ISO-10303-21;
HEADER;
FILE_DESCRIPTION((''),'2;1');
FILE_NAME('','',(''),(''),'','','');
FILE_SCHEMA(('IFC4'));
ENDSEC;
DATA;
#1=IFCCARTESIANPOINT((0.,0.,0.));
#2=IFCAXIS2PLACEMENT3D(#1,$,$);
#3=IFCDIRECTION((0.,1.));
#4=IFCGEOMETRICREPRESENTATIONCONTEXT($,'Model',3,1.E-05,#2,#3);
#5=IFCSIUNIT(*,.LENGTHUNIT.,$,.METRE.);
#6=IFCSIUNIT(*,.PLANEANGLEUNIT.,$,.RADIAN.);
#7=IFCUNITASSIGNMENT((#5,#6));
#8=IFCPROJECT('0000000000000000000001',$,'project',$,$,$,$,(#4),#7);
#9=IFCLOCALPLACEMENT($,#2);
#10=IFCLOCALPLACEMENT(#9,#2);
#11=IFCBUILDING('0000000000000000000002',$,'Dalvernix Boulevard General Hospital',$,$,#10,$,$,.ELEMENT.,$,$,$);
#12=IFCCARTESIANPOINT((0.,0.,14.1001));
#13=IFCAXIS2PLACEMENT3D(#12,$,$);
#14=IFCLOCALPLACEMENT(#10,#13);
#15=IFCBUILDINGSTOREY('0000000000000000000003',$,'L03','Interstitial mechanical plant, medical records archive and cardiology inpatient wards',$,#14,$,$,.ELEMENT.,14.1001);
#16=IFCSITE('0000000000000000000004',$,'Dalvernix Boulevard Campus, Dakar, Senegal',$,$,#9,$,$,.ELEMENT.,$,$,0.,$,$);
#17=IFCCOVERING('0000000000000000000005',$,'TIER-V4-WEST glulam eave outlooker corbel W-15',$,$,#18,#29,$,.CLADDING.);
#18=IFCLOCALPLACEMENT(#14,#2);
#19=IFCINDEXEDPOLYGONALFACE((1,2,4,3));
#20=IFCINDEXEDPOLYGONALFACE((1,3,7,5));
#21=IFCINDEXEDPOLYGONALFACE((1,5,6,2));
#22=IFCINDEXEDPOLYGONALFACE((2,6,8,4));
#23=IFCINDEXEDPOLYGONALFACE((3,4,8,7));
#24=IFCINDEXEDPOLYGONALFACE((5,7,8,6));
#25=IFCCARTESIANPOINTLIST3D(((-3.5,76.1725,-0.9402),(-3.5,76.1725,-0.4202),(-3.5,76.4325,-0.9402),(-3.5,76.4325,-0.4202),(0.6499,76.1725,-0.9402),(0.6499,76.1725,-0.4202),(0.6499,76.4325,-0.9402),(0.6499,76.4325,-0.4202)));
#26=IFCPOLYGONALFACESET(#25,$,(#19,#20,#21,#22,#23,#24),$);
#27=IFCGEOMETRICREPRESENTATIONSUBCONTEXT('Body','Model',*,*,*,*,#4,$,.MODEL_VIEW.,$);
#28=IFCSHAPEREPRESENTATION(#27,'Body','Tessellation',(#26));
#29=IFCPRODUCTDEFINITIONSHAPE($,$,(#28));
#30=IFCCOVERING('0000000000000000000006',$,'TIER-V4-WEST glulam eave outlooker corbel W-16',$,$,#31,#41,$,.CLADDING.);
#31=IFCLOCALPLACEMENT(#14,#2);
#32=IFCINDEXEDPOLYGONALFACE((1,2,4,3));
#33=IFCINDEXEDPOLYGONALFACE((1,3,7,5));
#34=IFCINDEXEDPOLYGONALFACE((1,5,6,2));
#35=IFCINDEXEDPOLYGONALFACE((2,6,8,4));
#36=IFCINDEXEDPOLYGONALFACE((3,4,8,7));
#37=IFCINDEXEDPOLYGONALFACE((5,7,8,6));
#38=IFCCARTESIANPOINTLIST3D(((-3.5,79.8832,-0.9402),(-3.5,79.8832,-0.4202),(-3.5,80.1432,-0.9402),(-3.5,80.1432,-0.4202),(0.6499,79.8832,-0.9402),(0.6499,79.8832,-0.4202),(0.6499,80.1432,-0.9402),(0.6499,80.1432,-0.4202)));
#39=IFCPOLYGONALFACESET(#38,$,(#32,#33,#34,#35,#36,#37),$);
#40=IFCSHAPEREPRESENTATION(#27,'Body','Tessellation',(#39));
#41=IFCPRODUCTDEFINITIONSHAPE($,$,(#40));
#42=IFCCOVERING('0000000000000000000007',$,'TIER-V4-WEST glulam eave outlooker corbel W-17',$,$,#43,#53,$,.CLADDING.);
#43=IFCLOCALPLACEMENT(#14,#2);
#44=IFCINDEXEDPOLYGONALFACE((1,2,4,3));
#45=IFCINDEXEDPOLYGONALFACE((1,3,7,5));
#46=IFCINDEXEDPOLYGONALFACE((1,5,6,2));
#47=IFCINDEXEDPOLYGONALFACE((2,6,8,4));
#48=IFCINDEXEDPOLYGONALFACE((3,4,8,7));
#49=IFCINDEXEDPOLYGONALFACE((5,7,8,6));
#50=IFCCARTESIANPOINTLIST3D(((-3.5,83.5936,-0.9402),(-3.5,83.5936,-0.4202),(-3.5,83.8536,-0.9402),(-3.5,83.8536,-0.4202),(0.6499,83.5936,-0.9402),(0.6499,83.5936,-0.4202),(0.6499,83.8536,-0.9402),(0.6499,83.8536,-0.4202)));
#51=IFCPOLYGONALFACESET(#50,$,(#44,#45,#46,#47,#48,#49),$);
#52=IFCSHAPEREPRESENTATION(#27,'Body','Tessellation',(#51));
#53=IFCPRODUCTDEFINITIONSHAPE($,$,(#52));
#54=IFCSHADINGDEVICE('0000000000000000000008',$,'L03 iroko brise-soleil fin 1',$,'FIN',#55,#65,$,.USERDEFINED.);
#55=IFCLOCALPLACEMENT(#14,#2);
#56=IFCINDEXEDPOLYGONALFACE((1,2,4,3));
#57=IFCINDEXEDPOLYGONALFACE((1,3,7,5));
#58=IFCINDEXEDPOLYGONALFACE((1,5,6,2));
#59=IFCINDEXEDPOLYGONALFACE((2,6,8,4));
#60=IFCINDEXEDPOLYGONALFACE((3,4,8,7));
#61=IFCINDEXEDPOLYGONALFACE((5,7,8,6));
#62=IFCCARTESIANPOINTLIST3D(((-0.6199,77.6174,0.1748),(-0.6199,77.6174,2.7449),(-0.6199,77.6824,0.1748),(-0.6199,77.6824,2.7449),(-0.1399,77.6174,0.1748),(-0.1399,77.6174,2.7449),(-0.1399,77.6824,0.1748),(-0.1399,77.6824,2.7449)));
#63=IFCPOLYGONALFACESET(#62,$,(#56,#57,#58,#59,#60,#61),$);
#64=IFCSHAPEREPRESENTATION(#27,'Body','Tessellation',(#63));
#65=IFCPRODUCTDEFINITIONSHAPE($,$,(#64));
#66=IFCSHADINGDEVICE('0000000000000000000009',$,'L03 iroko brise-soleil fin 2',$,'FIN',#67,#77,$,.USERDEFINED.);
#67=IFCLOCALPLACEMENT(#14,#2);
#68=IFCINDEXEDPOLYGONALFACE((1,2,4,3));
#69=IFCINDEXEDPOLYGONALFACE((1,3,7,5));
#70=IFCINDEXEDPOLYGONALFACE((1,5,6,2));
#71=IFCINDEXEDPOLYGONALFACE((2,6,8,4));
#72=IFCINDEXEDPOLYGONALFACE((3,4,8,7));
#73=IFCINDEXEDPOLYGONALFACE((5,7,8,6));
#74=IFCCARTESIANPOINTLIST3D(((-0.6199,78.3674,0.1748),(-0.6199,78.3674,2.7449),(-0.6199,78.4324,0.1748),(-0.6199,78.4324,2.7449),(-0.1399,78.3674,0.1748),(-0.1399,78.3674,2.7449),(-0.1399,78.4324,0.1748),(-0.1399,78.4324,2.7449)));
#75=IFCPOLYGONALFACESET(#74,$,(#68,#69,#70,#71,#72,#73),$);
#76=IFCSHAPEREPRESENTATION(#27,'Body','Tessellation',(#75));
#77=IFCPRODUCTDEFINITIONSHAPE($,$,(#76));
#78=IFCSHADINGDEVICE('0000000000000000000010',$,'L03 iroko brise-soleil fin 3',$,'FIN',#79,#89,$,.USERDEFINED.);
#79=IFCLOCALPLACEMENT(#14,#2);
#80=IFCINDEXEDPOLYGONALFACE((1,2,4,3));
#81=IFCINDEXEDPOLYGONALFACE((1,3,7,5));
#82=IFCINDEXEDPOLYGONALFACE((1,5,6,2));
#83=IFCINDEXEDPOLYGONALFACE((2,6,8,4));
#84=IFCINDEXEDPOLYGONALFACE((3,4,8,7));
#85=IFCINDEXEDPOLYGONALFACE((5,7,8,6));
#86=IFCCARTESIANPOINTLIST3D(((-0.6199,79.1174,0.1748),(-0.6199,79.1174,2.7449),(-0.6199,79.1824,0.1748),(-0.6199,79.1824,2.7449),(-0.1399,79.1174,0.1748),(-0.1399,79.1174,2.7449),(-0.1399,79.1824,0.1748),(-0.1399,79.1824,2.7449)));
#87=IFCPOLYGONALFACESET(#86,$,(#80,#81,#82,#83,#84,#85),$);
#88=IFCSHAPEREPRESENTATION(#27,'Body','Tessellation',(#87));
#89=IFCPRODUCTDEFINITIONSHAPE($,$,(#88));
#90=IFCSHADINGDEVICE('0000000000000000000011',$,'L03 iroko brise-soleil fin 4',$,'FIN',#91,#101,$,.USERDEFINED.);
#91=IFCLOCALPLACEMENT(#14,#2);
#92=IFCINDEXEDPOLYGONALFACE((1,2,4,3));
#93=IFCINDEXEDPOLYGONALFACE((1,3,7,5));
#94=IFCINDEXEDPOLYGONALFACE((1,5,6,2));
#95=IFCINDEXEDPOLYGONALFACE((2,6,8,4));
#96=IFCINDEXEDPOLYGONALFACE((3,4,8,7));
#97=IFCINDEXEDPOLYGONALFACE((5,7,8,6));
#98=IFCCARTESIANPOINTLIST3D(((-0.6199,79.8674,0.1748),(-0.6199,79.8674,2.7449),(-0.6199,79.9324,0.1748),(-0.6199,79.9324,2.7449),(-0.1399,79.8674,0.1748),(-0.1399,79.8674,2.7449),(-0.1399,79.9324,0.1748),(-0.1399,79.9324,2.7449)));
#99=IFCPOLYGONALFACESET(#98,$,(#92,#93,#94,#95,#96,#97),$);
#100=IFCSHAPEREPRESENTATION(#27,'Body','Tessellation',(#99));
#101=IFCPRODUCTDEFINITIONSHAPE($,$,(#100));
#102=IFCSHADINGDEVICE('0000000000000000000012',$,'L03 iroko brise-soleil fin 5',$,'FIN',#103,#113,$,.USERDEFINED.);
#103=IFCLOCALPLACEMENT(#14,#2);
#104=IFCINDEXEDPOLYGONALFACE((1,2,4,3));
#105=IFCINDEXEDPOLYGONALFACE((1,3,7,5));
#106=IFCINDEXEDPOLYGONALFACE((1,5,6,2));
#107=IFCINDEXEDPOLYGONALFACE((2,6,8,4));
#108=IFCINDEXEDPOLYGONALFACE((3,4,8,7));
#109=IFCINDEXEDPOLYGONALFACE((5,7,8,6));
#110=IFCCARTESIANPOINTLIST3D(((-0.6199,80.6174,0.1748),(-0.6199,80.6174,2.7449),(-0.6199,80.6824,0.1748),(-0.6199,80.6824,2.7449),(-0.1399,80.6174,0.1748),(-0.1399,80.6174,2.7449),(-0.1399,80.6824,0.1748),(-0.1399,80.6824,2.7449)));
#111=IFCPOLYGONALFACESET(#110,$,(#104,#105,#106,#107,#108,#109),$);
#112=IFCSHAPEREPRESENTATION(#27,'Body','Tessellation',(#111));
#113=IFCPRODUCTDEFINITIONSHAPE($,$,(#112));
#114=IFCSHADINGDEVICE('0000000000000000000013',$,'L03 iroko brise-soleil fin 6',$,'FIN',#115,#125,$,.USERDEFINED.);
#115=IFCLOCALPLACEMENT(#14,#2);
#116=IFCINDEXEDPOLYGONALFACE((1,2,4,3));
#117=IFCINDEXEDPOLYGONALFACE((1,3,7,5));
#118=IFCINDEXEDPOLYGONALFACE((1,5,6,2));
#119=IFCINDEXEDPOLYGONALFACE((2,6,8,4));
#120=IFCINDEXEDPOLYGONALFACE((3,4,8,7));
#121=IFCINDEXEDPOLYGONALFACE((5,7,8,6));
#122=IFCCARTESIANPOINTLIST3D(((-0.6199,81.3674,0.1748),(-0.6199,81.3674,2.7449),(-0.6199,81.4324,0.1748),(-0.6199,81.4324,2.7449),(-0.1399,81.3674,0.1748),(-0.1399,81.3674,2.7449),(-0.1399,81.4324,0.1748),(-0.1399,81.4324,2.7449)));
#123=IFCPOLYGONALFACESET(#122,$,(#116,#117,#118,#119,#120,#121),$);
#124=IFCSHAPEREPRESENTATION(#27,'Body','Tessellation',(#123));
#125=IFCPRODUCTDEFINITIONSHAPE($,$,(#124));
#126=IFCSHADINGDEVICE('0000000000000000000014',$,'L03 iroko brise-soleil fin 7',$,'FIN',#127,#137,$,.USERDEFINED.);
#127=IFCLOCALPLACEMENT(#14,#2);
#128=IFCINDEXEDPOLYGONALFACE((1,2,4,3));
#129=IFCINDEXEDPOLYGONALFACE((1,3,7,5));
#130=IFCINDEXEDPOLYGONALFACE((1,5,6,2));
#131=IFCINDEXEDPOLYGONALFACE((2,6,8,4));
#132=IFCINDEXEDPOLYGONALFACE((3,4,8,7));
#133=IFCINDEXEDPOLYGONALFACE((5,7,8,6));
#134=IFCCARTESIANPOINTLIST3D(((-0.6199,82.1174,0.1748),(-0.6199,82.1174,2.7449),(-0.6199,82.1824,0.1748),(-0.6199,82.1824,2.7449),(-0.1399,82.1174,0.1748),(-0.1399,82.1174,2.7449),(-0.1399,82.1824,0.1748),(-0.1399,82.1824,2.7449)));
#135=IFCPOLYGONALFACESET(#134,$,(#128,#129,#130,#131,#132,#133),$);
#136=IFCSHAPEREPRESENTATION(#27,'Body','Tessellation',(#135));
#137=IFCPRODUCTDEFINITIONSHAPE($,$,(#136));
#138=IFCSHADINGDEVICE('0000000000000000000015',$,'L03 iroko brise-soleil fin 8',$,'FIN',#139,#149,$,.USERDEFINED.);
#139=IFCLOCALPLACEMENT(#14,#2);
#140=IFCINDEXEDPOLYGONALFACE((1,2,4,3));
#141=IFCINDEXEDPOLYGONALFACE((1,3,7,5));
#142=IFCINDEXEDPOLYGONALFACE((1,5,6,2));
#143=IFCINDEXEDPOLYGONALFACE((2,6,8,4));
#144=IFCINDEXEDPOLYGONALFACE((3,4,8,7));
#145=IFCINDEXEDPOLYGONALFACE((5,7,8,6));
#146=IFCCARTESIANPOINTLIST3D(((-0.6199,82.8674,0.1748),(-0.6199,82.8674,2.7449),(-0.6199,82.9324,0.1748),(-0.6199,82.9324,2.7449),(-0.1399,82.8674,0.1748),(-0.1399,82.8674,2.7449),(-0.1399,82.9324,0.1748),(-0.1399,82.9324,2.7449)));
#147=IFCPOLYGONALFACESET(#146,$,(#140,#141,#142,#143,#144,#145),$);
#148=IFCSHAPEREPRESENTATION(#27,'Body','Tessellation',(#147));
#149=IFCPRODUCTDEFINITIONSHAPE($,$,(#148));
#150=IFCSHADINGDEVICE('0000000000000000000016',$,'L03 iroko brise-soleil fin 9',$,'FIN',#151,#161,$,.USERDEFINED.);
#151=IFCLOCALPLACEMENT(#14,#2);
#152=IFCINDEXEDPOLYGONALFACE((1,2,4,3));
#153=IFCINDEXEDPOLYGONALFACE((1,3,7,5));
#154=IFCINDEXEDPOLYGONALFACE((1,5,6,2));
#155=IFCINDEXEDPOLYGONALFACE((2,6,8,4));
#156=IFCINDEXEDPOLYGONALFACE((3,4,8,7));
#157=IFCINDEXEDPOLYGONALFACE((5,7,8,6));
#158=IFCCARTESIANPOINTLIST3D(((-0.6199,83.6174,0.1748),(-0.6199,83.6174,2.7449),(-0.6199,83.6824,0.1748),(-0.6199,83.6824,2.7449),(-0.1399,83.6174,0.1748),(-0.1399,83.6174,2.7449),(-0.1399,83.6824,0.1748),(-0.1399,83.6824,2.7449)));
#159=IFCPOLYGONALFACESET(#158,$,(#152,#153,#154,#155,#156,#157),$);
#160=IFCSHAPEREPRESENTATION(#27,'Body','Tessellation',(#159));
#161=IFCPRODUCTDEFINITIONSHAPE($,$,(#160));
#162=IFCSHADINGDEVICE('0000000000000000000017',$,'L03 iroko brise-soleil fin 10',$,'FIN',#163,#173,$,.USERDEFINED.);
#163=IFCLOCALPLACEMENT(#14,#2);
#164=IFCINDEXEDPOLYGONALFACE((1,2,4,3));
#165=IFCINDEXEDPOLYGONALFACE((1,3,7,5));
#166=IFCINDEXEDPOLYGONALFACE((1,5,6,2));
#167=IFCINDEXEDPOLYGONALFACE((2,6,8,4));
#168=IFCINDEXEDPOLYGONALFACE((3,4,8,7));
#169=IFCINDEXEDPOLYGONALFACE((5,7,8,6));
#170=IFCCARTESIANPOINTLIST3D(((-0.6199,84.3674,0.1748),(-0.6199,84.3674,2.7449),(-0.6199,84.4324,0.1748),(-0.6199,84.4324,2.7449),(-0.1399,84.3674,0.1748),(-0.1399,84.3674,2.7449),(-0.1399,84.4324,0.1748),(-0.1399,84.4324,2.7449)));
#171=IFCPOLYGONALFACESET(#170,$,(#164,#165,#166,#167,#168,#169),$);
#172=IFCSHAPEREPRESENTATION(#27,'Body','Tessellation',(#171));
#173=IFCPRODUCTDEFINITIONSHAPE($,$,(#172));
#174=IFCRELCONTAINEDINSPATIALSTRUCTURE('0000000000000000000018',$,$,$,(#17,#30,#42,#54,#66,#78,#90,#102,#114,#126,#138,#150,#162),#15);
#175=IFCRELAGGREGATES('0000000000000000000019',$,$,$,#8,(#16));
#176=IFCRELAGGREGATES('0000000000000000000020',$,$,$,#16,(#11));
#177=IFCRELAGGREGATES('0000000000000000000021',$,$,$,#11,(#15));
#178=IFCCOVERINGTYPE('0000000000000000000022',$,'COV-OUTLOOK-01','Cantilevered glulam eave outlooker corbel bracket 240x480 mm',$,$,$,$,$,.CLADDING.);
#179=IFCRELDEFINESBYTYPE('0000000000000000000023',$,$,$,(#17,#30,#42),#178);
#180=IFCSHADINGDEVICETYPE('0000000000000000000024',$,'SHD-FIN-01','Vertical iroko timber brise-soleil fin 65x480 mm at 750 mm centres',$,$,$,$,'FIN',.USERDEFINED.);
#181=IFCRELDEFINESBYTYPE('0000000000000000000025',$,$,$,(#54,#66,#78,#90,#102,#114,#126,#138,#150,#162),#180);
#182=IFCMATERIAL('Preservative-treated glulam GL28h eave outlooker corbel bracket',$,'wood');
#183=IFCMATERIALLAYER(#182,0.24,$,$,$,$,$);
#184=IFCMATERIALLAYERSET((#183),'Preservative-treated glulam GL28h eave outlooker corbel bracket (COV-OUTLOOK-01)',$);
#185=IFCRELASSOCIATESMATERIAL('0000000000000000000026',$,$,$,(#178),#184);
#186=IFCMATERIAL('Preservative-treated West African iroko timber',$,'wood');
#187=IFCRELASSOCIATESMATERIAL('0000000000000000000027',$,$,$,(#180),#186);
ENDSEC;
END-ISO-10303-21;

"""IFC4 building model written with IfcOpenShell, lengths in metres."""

from ifc_helpers import new_model, si_unit, direction, frame, origin, origin_2d, place, context, subcontext, project, spatial, rectangle, extrude, material, layer, layer_set, type_object, element, save


model = new_model("IFC4")

# Units and contexts
model_context = context("Model", 3, precision=1e-05, world=origin(), true_north=direction((0.0, 1.0)))
body_context = subcontext(model_context, "Body", "Model", "MODEL_VIEW")
ifc_project = project(units=[si_unit("LENGTHUNIT", "METRE"), si_unit("PLANEANGLEUNIT", "RADIAN")], contexts=[model_context])

# Site, building, storey
site_placement = place(None, origin())
site = spatial("IfcSite", under=ifc_project, at=site_placement, Name="Dalvernix Boulevard Campus, Dakar, Senegal", CompositionType="ELEMENT", RefElevation=0.0)
building_placement = place(site_placement, origin())
building = spatial("IfcBuilding", under=site, at=building_placement, Name="Dalvernix Boulevard General Hospital", CompositionType="ELEMENT")
storey_placement = place(building_placement, frame((0.0, 0.0, 14.1001)))
storey = spatial("IfcBuildingStorey", under=building, at=storey_placement, Name="L03", Description="Interstitial mechanical plant, medical records archive and cardiology inpatient wards", CompositionType="ELEMENT", Elevation=14.1001)

# Coverings
ifc_material_1 = material(Name="Preservative-treated glulam GL28h eave outlooker corbel bracket", Category="wood")
ifc_layer_1 = layer(ifc_material_1, 0.24)
ifc_layer_set_1 = layer_set([ifc_layer_1], Name="Preservative-treated glulam GL28h eave outlooker corbel bracket (COV-OUTLOOK-01)")
covering_type_1 = type_object("IfcCoveringType", Name="COV-OUTLOOK-01", Description="Cantilevered glulam eave outlooker corbel bracket 240x480 mm", PredefinedType="CLADDING", material=ifc_layer_set_1)
for number, where, z_axis, x_axis, name in (
    (1, (-1.425, 76.3025, -0.9402), (0.0, 0.0, 1.0), (1.0, 0.0, 0.0), "TIER-V4-WEST glulam eave outlooker corbel W-15"),
    (2, (-1.425, 80.0132, -0.9402), (0.0, 0.0, 1.0), (1.0, 0.0, 0.0), "TIER-V4-WEST glulam eave outlooker corbel W-16"),
    (3, (-1.425, 83.7236, -0.9402), (0.0, 0.0, 1.0), (1.0, 0.0, 0.0), "TIER-V4-WEST glulam eave outlooker corbel W-17"),
):
    element("IfcCovering", number, at=place(storey_placement, frame(where, z_axis=z_axis, x_axis=x_axis)), inside=storey, type_object=covering_type_1, Name=name, PredefinedType="CLADDING", context=body_context, shape_type="SweptSolid", body=[
        extrude(rectangle(XDim=4.1499, YDim=0.26, at=origin_2d()), origin(), (0.0, 0.0, 1.0), 0.52),
    ])

# Shading devices
ifc_material_2 = material(Name="Preservative-treated West African iroko timber", Category="wood")
shading_device_type = type_object("IfcShadingDeviceType", Name="SHD-FIN-01", Description="Vertical iroko timber brise-soleil fin 65x480 mm at 750 mm centres", ElementType="FIN", PredefinedType="USERDEFINED", material=ifc_material_2)
for number, where, z_axis, x_axis, name in (
    (4, (-0.3799, 77.6499, 0.1748), (0.0, 0.0, 1.0), (0.0, 1.0, 0.0), "L03 iroko brise-soleil fin 1"),
    (5, (-0.3799, 78.3999, 0.1748), (0.0, 0.0, 1.0), (0.0, 1.0, 0.0), "L03 iroko brise-soleil fin 2"),
    (6, (-0.3799, 79.1499, 0.1748), (0.0, 0.0, 1.0), (0.0, 1.0, 0.0), "L03 iroko brise-soleil fin 3"),
    (7, (-0.3799, 79.8999, 0.1748), (0.0, 0.0, 1.0), (0.0, 1.0, 0.0), "L03 iroko brise-soleil fin 4"),
    (8, (-0.3799, 80.6499, 0.1748), (0.0, 0.0, 1.0), (0.0, 1.0, 0.0), "L03 iroko brise-soleil fin 5"),
    (9, (-0.3799, 81.3999, 0.1748), (0.0, 0.0, 1.0), (0.0, 1.0, 0.0), "L03 iroko brise-soleil fin 6"),
    (10, (-0.3799, 82.1499, 0.1748), (0.0, 0.0, 1.0), (0.0, 1.0, 0.0), "L03 iroko brise-soleil fin 7"),
    (11, (-0.3799, 82.8999, 0.1748), (0.0, 0.0, 1.0), (0.0, 1.0, 0.0), "L03 iroko brise-soleil fin 8"),
    (12, (-0.3799, 83.6499, 0.1748), (0.0, 0.0, 1.0), (0.0, 1.0, 0.0), "L03 iroko brise-soleil fin 9"),
    (13, (-0.3799, 84.3999, 0.1748), (0.0, 0.0, 1.0), (0.0, 1.0, 0.0), "L03 iroko brise-soleil fin 10"),
):
    element("IfcShadingDevice", number, at=place(storey_placement, frame(where, z_axis=z_axis, x_axis=x_axis)), inside=storey, type_object=shading_device_type, Name=name, ObjectType="FIN", PredefinedType="USERDEFINED", context=body_context, shape_type="SweptSolid", body=[
        extrude(rectangle(XDim=0.0649, YDim=0.48, at=origin_2d()), origin(), (0.0, 0.0, 1.0), 2.5701),
    ])

save(model, "model.ifc")
